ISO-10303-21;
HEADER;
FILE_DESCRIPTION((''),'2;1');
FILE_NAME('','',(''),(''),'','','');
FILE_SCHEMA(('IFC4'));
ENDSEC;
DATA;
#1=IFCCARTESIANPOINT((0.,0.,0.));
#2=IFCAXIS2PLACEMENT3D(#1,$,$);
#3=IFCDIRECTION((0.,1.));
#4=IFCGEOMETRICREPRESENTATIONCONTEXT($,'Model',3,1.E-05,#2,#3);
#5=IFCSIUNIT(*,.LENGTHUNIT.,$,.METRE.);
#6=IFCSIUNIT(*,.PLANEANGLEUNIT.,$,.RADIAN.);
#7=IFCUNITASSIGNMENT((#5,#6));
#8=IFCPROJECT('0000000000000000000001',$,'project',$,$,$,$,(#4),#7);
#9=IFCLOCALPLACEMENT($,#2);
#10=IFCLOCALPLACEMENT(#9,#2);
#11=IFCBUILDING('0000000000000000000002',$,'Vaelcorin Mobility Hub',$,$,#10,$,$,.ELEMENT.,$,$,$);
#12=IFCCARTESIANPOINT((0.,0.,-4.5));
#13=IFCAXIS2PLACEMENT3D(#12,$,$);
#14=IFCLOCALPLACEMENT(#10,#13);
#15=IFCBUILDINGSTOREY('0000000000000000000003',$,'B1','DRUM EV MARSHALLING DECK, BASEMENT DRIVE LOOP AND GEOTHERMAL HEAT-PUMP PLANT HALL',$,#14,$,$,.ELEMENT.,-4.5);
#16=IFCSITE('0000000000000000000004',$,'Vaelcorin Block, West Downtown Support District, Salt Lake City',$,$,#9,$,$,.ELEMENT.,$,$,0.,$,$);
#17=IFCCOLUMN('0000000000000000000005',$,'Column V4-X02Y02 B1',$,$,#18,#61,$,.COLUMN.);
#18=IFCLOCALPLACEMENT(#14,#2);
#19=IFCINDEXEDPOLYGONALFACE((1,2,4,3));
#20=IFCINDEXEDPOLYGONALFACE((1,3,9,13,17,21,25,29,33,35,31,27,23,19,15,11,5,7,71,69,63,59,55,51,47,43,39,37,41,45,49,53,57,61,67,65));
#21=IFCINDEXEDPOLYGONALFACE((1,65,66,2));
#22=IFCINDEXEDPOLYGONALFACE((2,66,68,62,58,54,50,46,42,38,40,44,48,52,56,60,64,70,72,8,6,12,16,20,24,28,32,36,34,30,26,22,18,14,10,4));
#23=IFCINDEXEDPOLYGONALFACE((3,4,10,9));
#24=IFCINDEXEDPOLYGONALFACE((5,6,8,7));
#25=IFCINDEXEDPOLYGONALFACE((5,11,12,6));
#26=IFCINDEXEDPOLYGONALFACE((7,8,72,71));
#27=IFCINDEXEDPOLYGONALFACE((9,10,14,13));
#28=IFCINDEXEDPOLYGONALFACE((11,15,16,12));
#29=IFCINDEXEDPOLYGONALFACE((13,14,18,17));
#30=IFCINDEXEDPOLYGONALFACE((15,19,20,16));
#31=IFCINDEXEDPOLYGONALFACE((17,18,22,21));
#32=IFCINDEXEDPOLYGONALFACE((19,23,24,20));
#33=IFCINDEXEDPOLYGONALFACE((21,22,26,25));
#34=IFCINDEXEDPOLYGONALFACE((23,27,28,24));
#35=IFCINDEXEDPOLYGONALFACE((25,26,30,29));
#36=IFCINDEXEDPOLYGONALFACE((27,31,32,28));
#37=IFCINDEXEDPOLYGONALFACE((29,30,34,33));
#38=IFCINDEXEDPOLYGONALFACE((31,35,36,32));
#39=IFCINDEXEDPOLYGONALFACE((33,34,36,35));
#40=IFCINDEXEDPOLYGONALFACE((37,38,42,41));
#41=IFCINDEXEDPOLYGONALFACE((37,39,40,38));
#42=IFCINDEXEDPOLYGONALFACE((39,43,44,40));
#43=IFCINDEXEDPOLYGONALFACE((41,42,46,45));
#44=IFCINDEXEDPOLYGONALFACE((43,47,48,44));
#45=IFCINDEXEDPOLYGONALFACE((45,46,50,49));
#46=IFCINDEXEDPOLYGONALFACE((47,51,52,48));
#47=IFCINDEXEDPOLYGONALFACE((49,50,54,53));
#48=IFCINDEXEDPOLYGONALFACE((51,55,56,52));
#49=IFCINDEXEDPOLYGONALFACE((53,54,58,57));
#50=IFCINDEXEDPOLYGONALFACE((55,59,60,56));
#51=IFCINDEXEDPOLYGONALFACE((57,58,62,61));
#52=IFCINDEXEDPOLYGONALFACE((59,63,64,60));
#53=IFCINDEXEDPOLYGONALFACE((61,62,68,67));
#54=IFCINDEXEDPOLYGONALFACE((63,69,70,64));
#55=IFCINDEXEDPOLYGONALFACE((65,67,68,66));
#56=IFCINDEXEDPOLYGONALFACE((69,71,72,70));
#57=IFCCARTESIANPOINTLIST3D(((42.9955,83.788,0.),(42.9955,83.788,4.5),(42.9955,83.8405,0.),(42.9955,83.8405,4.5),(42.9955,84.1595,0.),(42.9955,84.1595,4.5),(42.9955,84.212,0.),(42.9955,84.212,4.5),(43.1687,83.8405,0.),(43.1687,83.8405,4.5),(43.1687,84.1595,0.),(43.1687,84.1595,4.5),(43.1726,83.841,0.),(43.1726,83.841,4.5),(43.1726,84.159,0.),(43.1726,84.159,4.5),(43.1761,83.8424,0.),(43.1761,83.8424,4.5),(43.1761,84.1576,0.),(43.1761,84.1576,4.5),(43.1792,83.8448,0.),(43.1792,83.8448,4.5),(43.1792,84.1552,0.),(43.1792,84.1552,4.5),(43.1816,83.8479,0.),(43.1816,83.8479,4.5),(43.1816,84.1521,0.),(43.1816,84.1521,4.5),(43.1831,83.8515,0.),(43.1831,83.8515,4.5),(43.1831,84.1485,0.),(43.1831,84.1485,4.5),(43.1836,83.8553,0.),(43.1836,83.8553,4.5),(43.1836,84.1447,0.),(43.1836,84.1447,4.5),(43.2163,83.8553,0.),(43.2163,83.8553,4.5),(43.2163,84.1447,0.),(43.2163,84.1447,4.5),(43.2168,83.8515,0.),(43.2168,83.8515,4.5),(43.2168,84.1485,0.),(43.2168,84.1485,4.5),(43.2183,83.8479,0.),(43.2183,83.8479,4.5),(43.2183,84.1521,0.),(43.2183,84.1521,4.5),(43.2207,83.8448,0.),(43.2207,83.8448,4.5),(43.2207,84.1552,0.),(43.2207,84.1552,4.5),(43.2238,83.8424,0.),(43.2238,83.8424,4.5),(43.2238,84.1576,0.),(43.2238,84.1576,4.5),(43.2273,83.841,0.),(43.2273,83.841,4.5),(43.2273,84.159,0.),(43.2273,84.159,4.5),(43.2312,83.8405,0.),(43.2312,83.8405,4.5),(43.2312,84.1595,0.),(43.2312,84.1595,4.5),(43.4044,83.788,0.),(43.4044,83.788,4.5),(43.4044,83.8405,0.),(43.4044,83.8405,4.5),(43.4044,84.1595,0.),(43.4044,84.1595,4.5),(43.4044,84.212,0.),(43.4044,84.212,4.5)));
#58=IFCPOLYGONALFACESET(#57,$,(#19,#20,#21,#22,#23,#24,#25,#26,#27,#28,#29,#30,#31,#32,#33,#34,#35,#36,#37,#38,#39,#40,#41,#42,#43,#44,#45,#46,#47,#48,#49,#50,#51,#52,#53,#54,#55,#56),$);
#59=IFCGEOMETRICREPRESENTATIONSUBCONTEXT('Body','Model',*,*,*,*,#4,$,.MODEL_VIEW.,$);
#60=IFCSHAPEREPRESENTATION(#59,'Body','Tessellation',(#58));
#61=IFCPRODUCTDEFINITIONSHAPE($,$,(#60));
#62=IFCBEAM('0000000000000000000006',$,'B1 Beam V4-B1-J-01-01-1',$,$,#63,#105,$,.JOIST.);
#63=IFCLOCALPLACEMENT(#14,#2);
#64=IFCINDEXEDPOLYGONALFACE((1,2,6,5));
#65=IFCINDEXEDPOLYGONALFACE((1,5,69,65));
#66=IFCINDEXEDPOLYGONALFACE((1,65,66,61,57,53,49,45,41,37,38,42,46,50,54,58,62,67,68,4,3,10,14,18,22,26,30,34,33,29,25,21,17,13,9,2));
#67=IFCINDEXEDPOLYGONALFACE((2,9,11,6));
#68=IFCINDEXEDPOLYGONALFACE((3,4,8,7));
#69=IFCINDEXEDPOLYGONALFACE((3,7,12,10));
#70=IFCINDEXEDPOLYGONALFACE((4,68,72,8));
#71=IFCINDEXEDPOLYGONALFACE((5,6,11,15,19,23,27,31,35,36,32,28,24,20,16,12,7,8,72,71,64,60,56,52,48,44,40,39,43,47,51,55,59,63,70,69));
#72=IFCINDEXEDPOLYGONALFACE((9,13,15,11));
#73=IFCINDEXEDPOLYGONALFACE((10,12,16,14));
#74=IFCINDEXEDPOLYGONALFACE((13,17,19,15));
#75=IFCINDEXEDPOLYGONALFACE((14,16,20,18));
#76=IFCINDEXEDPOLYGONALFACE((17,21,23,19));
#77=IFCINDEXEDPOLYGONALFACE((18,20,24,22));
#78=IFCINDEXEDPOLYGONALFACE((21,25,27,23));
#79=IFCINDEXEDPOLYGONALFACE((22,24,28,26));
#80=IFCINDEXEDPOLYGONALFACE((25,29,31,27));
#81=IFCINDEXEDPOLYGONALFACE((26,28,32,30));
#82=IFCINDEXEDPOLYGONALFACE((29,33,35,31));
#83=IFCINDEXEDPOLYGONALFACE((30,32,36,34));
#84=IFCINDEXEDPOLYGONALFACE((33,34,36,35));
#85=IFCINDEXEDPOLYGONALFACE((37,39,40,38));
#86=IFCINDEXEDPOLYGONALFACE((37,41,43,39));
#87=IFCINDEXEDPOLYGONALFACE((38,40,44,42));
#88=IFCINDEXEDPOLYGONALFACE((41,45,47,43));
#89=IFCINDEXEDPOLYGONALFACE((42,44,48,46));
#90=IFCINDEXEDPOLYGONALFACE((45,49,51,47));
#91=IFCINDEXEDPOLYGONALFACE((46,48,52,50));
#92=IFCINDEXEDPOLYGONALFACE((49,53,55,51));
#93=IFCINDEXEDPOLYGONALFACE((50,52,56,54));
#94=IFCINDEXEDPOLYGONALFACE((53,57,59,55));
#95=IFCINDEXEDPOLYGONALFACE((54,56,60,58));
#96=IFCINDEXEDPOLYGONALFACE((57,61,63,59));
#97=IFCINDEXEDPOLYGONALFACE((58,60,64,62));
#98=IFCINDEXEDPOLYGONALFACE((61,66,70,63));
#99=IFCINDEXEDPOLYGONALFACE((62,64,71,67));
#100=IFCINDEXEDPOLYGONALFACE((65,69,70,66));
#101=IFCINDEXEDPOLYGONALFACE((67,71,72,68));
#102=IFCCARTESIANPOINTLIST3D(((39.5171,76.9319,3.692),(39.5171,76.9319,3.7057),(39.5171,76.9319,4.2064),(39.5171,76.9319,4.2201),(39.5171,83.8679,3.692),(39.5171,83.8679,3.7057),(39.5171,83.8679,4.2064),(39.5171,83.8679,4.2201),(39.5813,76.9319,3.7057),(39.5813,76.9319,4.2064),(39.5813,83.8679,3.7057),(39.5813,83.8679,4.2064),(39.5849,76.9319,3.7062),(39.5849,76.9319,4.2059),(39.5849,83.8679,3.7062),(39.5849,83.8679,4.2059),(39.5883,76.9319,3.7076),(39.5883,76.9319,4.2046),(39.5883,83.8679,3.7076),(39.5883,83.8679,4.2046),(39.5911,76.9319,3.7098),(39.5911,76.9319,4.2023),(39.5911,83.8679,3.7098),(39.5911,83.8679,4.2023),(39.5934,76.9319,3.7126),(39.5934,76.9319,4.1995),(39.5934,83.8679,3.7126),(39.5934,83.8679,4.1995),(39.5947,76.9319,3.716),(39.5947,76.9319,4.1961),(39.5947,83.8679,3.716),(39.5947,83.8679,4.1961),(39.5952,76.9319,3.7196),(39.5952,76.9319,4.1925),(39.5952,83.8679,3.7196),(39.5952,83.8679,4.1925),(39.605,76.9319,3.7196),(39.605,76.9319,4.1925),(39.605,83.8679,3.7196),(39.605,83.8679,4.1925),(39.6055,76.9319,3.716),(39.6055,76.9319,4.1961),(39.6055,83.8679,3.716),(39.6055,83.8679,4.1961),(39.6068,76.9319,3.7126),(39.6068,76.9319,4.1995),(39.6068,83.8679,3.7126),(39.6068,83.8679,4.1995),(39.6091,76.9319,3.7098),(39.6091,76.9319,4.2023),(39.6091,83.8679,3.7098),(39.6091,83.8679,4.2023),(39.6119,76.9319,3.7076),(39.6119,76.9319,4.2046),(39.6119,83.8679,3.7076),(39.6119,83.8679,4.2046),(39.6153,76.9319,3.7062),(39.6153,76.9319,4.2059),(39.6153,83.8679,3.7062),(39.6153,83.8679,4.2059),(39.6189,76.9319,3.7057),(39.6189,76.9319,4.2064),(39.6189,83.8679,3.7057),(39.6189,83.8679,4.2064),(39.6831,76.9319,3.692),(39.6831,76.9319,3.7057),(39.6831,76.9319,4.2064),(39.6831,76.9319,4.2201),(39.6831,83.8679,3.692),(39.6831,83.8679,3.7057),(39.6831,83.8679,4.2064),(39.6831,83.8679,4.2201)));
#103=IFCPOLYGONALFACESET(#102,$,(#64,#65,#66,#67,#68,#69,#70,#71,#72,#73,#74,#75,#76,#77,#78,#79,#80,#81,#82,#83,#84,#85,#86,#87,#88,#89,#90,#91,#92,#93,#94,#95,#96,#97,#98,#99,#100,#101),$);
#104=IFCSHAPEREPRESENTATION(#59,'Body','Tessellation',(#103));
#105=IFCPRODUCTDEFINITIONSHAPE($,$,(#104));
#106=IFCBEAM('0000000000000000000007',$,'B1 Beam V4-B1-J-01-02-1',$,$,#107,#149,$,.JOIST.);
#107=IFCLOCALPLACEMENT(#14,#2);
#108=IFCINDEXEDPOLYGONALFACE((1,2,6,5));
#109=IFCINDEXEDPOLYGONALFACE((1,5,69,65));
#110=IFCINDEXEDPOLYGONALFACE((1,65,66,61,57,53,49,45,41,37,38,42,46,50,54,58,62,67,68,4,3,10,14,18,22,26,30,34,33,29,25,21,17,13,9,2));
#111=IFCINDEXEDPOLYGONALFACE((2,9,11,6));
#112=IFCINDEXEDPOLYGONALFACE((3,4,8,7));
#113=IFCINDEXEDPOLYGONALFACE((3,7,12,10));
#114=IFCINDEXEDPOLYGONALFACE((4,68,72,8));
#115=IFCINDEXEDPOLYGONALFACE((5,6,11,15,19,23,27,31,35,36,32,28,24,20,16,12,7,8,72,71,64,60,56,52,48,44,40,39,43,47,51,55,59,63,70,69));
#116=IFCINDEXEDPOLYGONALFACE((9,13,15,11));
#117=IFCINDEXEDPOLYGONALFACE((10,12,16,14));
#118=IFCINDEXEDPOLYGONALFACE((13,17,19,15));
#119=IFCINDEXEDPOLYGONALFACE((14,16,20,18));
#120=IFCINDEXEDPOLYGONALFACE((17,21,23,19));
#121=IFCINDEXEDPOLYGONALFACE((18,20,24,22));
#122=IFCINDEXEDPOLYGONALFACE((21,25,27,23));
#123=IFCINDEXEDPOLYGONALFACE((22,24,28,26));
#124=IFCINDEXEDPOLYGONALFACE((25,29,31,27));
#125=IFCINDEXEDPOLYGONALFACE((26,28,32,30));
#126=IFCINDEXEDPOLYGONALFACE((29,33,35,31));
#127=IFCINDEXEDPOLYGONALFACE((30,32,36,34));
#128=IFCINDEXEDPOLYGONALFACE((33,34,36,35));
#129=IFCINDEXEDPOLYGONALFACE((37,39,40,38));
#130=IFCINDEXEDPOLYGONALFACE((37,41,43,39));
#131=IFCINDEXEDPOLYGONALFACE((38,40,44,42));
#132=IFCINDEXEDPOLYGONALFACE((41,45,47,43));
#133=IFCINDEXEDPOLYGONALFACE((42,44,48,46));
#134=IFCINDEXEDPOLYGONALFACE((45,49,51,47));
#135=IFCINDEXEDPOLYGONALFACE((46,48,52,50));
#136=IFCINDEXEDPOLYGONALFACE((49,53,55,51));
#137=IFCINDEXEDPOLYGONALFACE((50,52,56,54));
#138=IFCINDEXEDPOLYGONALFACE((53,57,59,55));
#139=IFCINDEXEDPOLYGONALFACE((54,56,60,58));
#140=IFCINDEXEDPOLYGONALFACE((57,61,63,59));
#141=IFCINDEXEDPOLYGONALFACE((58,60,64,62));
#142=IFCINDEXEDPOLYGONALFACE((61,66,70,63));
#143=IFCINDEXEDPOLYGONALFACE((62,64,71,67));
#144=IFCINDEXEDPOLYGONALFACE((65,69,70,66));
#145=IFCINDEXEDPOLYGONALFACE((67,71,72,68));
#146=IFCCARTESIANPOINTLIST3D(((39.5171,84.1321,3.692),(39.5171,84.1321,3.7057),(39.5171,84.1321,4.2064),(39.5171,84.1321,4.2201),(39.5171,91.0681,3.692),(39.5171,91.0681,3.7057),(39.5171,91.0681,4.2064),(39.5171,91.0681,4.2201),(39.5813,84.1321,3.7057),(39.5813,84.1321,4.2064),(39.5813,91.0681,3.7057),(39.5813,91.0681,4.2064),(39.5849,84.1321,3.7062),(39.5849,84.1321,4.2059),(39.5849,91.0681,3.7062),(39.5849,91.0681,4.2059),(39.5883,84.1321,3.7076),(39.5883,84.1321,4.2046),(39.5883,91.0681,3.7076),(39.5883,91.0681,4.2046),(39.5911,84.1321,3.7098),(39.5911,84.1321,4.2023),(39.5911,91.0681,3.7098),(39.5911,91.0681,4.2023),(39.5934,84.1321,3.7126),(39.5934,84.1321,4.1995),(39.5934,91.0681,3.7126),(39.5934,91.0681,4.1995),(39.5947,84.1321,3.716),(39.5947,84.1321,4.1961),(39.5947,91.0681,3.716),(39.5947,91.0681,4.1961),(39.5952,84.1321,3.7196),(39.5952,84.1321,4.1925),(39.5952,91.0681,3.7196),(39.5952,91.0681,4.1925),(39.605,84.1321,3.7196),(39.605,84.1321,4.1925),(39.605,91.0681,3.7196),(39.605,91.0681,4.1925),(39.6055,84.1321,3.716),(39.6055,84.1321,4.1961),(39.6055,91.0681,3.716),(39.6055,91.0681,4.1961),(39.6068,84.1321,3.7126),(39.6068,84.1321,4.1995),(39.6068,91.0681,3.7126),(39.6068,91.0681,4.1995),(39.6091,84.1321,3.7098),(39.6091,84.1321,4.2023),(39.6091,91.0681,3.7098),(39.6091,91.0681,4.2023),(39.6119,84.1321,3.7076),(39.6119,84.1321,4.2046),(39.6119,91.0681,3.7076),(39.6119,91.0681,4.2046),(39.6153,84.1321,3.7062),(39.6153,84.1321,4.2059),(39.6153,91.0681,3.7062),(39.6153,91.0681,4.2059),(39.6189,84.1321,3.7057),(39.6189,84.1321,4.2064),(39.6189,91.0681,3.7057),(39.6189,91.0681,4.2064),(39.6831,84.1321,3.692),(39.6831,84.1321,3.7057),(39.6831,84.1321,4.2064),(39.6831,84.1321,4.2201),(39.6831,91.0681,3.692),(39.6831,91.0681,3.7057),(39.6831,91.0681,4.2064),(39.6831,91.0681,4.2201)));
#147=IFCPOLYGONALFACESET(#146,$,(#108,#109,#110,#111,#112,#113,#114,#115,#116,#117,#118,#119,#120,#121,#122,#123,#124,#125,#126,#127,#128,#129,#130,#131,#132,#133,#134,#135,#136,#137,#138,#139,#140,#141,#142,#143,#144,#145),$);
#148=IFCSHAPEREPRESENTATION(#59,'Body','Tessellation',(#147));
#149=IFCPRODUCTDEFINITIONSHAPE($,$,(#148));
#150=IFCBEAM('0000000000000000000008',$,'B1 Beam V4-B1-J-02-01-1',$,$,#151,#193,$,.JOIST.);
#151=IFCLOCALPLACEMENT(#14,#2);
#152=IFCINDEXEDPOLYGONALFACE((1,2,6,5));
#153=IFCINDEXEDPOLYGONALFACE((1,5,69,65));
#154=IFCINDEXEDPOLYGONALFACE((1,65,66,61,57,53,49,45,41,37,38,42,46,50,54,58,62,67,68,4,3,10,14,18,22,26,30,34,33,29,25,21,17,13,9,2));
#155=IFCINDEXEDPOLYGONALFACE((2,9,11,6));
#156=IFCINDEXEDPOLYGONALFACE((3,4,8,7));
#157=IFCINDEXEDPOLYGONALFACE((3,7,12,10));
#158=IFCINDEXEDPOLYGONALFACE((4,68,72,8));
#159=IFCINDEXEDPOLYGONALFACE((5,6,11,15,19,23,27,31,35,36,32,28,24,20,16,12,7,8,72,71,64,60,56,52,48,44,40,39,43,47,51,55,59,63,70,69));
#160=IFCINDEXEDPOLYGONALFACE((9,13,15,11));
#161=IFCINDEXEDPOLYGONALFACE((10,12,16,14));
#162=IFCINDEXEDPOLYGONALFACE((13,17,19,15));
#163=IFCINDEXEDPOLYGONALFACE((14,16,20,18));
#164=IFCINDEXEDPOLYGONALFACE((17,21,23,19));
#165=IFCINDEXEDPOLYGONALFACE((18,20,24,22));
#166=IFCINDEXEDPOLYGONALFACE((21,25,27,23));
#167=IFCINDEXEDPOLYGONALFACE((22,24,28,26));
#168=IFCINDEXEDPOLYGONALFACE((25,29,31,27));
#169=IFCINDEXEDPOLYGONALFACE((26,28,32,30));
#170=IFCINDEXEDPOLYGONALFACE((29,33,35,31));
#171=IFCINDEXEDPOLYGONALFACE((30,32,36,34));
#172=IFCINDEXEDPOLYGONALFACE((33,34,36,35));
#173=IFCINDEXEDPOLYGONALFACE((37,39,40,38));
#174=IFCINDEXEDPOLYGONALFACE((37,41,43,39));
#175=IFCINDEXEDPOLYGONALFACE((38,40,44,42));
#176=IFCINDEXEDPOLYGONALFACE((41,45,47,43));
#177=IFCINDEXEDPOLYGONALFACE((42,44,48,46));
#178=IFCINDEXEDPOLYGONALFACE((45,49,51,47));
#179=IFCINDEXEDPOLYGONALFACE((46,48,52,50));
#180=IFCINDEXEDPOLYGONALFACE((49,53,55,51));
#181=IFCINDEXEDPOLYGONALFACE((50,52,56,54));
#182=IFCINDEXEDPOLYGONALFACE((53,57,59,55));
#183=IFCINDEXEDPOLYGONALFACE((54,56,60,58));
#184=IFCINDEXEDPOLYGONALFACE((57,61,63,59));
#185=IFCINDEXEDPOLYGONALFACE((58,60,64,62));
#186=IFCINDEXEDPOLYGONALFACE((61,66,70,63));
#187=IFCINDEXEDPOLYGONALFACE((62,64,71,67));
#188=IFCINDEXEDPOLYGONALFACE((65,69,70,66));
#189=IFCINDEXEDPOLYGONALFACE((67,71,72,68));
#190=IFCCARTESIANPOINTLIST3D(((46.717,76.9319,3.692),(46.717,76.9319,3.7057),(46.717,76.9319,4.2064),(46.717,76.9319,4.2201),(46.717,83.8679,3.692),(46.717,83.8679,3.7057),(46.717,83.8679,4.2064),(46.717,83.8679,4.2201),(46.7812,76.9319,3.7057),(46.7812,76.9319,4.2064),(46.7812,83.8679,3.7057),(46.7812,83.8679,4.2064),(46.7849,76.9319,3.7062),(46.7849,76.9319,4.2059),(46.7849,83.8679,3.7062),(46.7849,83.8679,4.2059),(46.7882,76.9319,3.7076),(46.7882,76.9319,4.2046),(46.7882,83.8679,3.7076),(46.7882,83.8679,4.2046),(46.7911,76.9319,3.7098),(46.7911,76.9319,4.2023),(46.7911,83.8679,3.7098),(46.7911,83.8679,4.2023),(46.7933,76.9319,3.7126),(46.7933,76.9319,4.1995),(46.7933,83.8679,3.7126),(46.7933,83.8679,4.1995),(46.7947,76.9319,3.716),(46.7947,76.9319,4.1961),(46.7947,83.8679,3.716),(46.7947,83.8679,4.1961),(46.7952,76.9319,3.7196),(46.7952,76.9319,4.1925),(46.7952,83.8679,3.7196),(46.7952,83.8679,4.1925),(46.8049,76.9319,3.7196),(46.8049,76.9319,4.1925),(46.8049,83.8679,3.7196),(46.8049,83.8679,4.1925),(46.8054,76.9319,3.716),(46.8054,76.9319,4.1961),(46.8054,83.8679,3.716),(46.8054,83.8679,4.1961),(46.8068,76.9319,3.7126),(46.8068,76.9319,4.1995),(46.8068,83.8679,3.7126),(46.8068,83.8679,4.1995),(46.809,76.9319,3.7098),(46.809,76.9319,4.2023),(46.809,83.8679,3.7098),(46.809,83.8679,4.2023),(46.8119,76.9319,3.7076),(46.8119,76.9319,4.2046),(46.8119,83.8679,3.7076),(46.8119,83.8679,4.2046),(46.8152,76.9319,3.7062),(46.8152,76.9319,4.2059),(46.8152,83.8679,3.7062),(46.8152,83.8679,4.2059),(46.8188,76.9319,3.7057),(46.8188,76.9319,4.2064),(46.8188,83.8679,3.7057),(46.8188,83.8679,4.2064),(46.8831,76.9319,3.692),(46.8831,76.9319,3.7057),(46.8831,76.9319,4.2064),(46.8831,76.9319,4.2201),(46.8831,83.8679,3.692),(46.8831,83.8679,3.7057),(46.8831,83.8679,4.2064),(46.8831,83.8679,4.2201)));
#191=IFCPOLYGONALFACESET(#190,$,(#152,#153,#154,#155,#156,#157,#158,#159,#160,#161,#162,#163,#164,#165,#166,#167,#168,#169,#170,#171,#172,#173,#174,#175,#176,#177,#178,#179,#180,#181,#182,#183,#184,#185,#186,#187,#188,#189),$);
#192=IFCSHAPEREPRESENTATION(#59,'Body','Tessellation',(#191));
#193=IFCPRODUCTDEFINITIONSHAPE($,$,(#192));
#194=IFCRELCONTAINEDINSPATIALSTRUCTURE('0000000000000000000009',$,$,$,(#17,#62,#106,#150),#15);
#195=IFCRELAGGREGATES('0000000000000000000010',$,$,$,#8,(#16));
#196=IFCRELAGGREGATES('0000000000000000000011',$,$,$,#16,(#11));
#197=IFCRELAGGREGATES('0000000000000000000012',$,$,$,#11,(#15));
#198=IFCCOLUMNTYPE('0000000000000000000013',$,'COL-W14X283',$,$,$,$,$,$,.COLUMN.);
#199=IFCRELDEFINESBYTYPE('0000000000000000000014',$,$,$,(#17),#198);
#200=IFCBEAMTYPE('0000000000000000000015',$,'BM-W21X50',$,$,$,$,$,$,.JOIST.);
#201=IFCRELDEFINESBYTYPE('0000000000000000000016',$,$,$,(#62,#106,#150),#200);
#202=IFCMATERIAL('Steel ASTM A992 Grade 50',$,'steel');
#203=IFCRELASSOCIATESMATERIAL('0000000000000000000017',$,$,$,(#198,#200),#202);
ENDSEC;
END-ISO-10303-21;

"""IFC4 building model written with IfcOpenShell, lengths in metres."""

from ifc_helpers import new_model, si_unit, direction, frame, origin, origin_2d, place, context, subcontext, project, spatial, i_section, extrude, material, material_profile, profile_set, type_object, element, save


model = new_model("IFC4")

# Units and contexts
model_context = context("Model", 3, precision=1e-05, world=origin(), true_north=direction((0.0, 1.0)))
body_context = subcontext(model_context, "Body", "Model", "MODEL_VIEW")
ifc_project = project(units=[si_unit("LENGTHUNIT", "METRE"), si_unit("PLANEANGLEUNIT", "RADIAN")], contexts=[model_context])

# Site, building, storey
site_placement = place(None, origin())
site = spatial("IfcSite", under=ifc_project, at=site_placement, Name="Vaelcorin Block, West Downtown Support District, Salt Lake City", CompositionType="ELEMENT", RefElevation=0.0)
building_placement = place(site_placement, origin())
building = spatial("IfcBuilding", under=site, at=building_placement, Name="Vaelcorin Mobility Hub", CompositionType="ELEMENT")
storey_placement = place(building_placement, frame((0.0, 0.0, -4.5)))
storey = spatial("IfcBuildingStorey", under=building, at=storey_placement, Name="B1", Description="DRUM EV MARSHALLING DECK, BASEMENT DRIVE LOOP AND GEOTHERMAL HEAT-PUMP PLANT HALL", CompositionType="ELEMENT", Elevation=-4.5)

# Column
ifc_material_1 = material(Name="Steel ASTM A992 Grade 50", Category="steel")
ifc_material_profile_1 = material_profile(ifc_material_1, i_section(OverallWidth=0.4089, OverallDepth=0.4241, WebThickness=0.0327, FlangeThickness=0.0525, FilletRadius=0.0149, at=origin_2d()), Name="W14X283")
ifc_profile_set_1 = profile_set([ifc_material_profile_1], Name="Steel ASTM A992 Grade 50")
column_type_1 = type_object("IfcColumnType", Name="COL-W14X283", PredefinedType="COLUMN", material=ifc_profile_set_1)
for number, where, z_axis, x_axis, name in (
    (1, (43.2, 84.0, 0.0), (0.0, 0.0, 1.0), (1.0, 0.0, 0.0), "Column V4-X02Y02 B1"),
):
    element("IfcColumn", number, at=place(storey_placement, frame(where, z_axis=z_axis, x_axis=x_axis)), inside=storey, type_object=column_type_1, Name=name, PredefinedType="COLUMN", context=body_context, shape_type="SweptSolid", body=[
        extrude(i_section(OverallWidth=0.4089, OverallDepth=0.4241, WebThickness=0.0327, FlangeThickness=0.0525, FilletRadius=0.0149, at=origin_2d()), origin(), (0.0, 0.0, 1.0), 4.5),
    ])

# Beams
ifc_material_profile_2 = material_profile(ifc_material_1, i_section(OverallWidth=0.166, OverallDepth=0.5281, WebThickness=0.0098, FlangeThickness=0.0137, FilletRadius=0.0139, at=origin_2d()), Name="W21X50")
ifc_profile_set_2 = profile_set([ifc_material_profile_2], Name="Steel ASTM A992 Grade 50")
beam_type_1 = type_object("IfcBeamType", Name="BM-W21X50", PredefinedType="JOIST", material=ifc_profile_set_2)
for number, where, z_axis, x_axis, name in (
    (2, (39.6001, 76.9319, 3.9561), (0.0, 1.0, 0.0), (-1.0, 0.0, 0.0), "B1 Beam V4-B1-J-01-01-1"),
    (3, (39.6001, 84.1321, 3.9561), (0.0, 1.0, 0.0), (-1.0, 0.0, 0.0), "B1 Beam V4-B1-J-01-02-1"),
    (4, (46.8, 76.9319, 3.9561), (0.0, 1.0, 0.0), (-1.0, 0.0, 0.0), "B1 Beam V4-B1-J-02-01-1"),
):
    element("IfcBeam", number, at=place(storey_placement, frame(where, z_axis=z_axis, x_axis=x_axis)), inside=storey, type_object=beam_type_1, Name=name, PredefinedType="JOIST", context=body_context, shape_type="SweptSolid", body=[
        extrude(i_section(OverallWidth=0.166, OverallDepth=0.5281, WebThickness=0.0098, FlangeThickness=0.0137, FilletRadius=0.0139, at=origin_2d()), origin(), (0.0, 0.0, 1.0), 6.936),
    ])

save(model, "model.ifc")
